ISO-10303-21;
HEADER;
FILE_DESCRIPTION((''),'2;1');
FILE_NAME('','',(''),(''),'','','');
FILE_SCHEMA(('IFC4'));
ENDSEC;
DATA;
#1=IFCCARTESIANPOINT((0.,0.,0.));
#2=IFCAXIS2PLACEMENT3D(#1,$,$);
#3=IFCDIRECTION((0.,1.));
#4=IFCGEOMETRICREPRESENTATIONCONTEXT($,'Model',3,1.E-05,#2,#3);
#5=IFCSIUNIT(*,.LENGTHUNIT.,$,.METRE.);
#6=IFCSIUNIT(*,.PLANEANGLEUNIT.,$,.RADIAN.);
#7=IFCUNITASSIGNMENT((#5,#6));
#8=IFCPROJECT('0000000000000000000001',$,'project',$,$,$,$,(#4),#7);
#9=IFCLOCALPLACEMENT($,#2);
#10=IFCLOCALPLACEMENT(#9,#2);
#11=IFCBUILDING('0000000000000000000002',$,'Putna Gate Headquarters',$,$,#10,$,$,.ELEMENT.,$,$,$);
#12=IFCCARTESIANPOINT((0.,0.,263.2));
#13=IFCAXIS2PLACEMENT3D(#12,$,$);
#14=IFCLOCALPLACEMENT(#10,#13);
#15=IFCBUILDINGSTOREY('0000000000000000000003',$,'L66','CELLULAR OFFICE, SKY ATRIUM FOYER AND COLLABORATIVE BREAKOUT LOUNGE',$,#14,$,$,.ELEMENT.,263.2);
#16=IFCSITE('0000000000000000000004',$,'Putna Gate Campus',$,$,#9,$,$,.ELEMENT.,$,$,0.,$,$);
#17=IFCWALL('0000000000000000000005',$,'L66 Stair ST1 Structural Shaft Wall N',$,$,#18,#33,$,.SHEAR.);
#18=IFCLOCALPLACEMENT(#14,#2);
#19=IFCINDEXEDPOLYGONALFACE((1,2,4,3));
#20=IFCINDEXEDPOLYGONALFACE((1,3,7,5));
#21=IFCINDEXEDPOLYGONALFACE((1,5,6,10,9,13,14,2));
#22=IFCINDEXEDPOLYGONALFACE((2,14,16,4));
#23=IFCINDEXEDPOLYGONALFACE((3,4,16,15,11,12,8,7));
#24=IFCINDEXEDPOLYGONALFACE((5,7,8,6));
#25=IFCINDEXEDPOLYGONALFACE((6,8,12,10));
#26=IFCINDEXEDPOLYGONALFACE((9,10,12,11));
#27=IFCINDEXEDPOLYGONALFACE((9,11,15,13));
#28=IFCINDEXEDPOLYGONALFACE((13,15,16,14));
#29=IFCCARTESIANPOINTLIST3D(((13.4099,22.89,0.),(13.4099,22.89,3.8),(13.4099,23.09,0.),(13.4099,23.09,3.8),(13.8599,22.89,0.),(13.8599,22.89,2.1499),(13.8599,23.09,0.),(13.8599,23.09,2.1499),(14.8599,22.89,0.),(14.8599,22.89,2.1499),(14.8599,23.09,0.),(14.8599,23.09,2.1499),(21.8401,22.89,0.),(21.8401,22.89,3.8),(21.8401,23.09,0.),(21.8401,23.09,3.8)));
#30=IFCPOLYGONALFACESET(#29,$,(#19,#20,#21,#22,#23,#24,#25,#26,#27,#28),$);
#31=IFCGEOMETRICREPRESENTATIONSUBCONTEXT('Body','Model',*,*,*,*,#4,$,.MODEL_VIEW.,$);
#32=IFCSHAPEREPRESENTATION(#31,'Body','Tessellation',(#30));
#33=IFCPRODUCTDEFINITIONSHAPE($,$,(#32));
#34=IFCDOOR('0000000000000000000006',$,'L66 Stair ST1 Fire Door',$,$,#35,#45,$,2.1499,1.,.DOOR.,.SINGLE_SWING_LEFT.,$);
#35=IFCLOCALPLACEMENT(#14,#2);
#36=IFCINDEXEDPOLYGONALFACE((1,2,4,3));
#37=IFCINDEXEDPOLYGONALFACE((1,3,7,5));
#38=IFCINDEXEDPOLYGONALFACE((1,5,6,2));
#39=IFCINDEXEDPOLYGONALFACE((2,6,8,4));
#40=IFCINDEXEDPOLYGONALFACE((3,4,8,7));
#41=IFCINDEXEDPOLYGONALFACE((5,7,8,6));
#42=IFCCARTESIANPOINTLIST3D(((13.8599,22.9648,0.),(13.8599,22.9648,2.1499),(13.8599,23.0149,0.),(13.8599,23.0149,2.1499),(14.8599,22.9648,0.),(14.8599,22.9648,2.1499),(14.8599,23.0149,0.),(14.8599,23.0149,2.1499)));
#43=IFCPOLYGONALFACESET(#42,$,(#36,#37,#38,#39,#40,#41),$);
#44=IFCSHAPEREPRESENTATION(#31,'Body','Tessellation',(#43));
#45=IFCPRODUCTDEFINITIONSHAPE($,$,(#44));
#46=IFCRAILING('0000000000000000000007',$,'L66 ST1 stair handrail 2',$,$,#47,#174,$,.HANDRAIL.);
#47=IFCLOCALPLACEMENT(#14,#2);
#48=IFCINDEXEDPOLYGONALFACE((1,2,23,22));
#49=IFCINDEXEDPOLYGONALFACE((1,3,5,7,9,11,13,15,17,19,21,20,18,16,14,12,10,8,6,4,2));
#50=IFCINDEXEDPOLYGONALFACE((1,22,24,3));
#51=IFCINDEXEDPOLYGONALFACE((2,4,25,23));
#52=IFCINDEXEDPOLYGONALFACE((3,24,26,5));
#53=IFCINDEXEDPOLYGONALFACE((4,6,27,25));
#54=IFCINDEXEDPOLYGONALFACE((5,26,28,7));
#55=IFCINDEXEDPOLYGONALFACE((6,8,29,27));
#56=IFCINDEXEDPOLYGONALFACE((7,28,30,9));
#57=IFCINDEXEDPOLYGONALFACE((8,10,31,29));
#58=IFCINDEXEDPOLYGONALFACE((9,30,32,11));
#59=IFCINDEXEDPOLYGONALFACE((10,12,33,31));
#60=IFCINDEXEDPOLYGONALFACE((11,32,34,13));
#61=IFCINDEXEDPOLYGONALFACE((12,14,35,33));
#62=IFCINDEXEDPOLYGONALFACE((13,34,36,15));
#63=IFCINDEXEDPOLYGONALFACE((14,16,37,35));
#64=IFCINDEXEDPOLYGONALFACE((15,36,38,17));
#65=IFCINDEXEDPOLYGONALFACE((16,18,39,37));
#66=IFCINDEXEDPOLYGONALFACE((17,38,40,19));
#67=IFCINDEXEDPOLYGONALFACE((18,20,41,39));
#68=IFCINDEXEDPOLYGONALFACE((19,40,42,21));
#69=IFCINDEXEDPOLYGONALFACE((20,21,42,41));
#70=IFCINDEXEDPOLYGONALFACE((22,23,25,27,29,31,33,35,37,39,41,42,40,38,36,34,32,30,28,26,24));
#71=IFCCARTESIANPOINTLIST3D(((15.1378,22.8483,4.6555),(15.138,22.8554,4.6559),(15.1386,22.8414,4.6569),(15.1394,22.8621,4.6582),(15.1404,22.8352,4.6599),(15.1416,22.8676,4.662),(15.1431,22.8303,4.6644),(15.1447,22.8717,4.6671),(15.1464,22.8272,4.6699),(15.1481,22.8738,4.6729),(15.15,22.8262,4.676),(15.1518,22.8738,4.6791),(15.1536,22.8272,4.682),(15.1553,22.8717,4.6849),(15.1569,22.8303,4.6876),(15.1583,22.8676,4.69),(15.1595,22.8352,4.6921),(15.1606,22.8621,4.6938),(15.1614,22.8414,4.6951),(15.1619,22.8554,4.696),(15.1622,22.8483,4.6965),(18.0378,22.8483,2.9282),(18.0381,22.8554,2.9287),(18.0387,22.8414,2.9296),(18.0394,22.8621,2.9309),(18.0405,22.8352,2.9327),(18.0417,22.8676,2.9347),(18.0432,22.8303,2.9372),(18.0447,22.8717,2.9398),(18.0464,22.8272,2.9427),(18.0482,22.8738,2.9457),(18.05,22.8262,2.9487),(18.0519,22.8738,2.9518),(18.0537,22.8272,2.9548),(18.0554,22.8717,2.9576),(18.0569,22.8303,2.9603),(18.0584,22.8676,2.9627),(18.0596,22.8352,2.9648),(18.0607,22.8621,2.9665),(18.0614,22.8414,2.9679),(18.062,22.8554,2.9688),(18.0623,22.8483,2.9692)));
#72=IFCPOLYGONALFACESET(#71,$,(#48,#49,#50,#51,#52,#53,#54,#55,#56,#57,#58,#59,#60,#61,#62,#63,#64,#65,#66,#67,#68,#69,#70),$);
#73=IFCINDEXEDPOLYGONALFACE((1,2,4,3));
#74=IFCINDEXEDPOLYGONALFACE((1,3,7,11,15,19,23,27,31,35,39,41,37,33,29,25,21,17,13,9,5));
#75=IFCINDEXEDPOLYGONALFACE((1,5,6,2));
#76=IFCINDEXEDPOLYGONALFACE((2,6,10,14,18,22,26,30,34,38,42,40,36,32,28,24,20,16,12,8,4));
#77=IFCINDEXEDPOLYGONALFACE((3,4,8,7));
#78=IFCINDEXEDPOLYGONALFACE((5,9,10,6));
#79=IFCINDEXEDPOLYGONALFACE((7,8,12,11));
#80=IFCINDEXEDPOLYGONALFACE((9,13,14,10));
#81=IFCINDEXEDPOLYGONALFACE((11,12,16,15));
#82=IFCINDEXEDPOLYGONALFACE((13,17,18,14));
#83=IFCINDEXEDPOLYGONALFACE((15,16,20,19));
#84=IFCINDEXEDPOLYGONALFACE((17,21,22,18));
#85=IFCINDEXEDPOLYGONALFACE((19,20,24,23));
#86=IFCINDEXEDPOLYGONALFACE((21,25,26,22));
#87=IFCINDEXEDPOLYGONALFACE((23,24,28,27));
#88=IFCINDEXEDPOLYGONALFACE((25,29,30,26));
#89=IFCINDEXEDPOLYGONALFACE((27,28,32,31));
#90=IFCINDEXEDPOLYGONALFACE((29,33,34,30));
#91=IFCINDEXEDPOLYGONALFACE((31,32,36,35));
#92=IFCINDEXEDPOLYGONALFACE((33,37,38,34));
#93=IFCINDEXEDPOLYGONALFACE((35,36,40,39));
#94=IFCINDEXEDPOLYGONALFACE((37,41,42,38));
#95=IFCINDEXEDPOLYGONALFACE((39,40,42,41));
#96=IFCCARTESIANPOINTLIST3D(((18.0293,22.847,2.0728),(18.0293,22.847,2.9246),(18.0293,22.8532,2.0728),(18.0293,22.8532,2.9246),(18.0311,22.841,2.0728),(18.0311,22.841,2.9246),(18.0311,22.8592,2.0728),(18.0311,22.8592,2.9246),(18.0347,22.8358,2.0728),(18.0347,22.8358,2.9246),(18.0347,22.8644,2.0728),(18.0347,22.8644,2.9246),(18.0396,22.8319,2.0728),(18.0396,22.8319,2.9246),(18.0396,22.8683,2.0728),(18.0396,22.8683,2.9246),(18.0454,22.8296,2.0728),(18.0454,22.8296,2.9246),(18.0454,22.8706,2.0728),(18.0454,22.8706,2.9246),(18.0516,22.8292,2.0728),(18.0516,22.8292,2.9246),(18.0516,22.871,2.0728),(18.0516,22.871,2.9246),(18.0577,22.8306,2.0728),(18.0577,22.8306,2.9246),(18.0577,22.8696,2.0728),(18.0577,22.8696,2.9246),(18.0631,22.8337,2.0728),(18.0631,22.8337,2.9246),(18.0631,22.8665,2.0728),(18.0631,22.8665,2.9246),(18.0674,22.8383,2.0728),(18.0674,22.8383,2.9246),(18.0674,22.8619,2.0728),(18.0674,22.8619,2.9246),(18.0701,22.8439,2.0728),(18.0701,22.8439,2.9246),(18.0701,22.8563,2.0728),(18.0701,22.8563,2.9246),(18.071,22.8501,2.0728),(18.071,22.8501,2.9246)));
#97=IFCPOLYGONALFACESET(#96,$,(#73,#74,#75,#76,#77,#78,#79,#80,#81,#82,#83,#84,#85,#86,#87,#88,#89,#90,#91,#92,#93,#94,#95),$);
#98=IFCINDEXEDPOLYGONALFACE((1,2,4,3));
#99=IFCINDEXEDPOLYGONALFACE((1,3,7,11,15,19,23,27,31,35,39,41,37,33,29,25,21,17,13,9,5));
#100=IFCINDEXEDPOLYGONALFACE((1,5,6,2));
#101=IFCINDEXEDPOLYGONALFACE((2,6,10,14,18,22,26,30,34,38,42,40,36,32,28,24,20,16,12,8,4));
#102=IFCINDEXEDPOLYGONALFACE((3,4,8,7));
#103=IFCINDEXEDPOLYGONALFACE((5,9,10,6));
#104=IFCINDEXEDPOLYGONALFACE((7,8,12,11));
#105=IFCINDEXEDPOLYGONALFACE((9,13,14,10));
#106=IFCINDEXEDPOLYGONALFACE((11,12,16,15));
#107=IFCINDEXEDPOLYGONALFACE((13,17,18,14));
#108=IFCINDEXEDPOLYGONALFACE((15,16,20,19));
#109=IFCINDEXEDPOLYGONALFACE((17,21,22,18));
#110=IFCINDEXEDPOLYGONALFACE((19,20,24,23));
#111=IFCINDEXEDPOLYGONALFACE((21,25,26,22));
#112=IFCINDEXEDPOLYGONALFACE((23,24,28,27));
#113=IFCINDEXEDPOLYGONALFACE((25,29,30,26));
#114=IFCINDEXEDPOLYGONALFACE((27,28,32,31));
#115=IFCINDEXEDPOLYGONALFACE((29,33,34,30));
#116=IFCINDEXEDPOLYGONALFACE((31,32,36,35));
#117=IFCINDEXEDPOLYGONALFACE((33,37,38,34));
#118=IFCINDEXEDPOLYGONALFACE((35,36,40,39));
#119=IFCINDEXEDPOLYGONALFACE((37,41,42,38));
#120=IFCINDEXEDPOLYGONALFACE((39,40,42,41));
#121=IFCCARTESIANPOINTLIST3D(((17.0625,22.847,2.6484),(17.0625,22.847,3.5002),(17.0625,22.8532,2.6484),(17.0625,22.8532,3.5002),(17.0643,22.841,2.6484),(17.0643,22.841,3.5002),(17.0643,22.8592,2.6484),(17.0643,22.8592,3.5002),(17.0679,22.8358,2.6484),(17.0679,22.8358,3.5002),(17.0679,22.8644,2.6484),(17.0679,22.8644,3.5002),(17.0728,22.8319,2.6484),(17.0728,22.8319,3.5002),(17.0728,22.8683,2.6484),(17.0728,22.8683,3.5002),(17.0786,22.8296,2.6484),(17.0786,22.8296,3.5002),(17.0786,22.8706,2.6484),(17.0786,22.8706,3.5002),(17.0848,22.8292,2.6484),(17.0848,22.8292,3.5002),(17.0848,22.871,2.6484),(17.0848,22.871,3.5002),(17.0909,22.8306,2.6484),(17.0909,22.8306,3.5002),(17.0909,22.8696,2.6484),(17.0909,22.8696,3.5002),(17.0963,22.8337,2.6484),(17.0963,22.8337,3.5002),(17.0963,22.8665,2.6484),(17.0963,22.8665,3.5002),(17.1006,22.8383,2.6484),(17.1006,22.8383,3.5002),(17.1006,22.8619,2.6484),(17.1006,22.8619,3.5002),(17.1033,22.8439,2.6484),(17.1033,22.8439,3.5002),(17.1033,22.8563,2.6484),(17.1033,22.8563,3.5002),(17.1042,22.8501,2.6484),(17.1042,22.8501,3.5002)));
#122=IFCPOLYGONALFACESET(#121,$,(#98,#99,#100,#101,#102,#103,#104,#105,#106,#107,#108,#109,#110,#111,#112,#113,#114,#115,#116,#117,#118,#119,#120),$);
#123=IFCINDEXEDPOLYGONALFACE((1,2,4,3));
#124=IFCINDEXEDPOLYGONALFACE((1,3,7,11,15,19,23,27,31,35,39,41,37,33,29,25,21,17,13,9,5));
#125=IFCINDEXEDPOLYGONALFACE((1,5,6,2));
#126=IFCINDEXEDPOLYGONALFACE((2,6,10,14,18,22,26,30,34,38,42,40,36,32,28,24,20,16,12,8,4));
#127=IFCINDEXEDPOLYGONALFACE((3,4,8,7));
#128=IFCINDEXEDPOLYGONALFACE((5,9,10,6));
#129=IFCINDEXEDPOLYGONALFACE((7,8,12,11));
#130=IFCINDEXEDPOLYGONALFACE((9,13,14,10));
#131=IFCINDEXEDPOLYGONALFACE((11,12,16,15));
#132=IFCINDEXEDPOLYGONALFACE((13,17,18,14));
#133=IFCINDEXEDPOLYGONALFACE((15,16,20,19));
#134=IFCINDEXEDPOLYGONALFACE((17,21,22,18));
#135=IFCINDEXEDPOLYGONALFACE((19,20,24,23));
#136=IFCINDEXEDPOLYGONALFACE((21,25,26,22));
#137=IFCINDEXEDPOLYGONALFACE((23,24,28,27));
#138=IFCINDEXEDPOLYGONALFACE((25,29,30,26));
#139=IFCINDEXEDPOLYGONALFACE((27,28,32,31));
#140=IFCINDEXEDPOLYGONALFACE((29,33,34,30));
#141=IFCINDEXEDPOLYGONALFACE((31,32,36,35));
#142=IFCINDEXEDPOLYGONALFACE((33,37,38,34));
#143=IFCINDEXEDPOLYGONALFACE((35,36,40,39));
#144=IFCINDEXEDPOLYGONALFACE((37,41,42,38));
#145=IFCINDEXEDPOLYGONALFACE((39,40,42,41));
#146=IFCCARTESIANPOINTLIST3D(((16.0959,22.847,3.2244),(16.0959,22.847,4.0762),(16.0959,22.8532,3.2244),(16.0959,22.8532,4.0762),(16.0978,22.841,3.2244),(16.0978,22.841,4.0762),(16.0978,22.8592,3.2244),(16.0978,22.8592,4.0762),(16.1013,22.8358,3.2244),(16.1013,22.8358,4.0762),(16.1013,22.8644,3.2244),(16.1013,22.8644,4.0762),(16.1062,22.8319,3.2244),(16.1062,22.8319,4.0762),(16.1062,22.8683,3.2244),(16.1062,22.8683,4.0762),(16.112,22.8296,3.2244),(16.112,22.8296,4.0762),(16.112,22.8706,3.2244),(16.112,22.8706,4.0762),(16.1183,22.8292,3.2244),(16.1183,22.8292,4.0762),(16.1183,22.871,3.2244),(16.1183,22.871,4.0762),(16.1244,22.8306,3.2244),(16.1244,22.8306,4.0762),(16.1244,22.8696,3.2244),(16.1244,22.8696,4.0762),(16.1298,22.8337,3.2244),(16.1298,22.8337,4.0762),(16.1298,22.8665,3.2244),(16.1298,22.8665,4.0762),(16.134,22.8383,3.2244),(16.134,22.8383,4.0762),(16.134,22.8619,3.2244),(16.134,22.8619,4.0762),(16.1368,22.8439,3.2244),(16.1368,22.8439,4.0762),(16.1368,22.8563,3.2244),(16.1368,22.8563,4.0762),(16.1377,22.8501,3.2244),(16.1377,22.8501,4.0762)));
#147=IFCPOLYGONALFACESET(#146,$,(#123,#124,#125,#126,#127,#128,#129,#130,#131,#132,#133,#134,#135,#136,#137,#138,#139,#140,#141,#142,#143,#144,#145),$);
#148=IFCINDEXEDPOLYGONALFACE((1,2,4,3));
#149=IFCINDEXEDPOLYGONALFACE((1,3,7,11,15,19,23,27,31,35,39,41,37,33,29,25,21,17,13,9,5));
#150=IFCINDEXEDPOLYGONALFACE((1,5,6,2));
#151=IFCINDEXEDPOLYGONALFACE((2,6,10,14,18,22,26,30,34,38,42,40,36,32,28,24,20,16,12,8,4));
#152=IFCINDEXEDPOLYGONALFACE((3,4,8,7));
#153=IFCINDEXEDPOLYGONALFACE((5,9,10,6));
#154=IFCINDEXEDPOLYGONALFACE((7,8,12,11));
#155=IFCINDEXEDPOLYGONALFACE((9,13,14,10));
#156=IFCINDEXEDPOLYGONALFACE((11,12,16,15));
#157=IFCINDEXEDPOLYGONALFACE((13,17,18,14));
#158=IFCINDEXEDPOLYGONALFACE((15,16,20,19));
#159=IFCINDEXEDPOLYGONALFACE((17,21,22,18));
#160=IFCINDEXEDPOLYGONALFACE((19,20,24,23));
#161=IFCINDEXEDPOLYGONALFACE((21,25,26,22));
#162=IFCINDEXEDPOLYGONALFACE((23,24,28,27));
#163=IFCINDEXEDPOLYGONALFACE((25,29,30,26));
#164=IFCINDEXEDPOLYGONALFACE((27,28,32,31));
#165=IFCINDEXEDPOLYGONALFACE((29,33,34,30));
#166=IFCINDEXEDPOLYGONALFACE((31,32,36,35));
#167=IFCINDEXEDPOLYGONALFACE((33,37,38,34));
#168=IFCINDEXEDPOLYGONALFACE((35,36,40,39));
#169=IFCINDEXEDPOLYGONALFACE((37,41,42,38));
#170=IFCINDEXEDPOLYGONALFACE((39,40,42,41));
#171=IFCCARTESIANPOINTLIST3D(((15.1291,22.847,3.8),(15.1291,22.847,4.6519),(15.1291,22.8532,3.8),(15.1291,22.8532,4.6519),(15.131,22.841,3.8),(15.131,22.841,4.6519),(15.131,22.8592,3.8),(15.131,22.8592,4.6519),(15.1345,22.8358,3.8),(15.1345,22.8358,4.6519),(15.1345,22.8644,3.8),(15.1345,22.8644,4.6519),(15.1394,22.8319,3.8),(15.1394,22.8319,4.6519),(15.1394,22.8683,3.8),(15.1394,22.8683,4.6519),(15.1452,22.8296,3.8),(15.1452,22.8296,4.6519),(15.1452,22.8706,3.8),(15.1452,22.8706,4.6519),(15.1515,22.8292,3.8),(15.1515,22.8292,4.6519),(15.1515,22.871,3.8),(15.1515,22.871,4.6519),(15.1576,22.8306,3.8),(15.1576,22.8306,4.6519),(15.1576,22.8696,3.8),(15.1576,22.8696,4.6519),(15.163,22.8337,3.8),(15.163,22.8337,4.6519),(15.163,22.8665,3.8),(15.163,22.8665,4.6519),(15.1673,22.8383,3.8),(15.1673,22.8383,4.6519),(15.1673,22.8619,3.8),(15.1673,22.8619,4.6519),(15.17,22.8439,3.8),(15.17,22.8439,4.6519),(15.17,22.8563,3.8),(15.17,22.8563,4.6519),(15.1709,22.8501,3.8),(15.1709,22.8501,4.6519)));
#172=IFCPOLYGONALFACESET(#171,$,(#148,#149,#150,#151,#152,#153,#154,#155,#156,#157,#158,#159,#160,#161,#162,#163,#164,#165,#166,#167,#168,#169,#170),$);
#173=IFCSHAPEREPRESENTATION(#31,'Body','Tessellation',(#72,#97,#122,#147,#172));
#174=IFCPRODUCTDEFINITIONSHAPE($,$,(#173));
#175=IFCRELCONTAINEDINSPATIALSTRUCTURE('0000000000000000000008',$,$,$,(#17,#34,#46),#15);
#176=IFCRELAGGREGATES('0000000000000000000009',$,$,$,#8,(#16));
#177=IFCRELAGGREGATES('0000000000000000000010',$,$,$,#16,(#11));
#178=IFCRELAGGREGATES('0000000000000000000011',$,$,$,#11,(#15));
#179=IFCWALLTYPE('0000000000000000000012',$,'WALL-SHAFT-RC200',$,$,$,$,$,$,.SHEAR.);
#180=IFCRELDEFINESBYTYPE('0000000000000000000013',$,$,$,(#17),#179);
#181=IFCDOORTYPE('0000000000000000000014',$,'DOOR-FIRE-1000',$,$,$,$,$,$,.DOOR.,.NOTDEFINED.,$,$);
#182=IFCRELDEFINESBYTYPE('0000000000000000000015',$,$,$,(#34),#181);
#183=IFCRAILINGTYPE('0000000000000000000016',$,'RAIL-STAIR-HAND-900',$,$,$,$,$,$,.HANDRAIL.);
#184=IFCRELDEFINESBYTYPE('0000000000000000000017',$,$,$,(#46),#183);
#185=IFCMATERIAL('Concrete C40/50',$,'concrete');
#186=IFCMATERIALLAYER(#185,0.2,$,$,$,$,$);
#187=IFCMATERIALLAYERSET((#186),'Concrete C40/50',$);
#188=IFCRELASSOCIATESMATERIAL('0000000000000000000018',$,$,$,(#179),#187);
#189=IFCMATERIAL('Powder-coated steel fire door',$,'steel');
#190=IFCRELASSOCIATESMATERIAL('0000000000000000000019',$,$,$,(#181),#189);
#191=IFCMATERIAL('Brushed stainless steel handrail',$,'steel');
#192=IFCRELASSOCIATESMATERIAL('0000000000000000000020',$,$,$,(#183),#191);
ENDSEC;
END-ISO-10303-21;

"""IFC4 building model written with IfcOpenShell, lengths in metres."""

from ifc_helpers import new_model, si_unit, direction, frame, frame_2d, origin, origin_2d, place, context, subcontext, project, spatial, rectangle, circle, extrude, material, layer, layer_set, type_object, element, fill, save


model = new_model("IFC4")

# Units and contexts
model_context = context("Model", 3, precision=1e-05, world=origin(), true_north=direction((0.0, 1.0)))
body_context = subcontext(model_context, "Body", "Model", "MODEL_VIEW")
ifc_project = project(units=[si_unit("LENGTHUNIT", "METRE"), si_unit("PLANEANGLEUNIT", "RADIAN")], contexts=[model_context])

# Site, building, storey
site_placement = place(None, origin())
site = spatial("IfcSite", under=ifc_project, at=site_placement, Name="Putna Gate Campus", CompositionType="ELEMENT", RefElevation=0.0)
building_placement = place(site_placement, origin())
building = spatial("IfcBuilding", under=site, at=building_placement, Name="Putna Gate Headquarters", CompositionType="ELEMENT")
storey_placement = place(building_placement, frame((0.0, 0.0, 263.2)))
storey = spatial("IfcBuildingStorey", under=building, at=storey_placement, Name="L66", Description="CELLULAR OFFICE, SKY ATRIUM FOYER AND COLLABORATIVE BREAKOUT LOUNGE", CompositionType="ELEMENT", Elevation=263.2)

# Shared definitions
ifc_material_1 = material(Name="Concrete C40/50", Category="concrete")

# Wall, opening, door
ifc_layer_1 = layer(ifc_material_1, 0.2)
ifc_layer_set_1 = layer_set([ifc_layer_1], Name="Concrete C40/50")
wall_type_1 = type_object("IfcWallType", Name="WALL-SHAFT-RC200", PredefinedType="SHEAR", material=ifc_layer_set_1)
wall_1_placement = place(storey_placement, frame((13.4099, 22.99, 0.0), z_axis=(0.0, 0.0, 1.0), x_axis=(1.0, 0.0, 0.0)))
wall_1 = element("IfcWall", 1, at=wall_1_placement, inside=storey, type_object=wall_type_1, Name="L66 Stair ST1 Structural Shaft Wall N", PredefinedType="SHEAR", context=body_context, shape_type="SweptSolid", body=[
    extrude(rectangle(XDim=8.4302, YDim=0.2, at=frame_2d((4.2151, 0.0))), origin(), (0.0, 0.0, 1.0), 3.8),
])
opening_1_placement = place(wall_1_placement, frame((0.45, 0.0, 0.0)))
opening_1 = element("IfcOpeningElement", 2, at=opening_1_placement, cuts=wall_1, PredefinedType="OPENING", context=body_context, shape_type="SweptSolid", body=[
    extrude(rectangle(XDim=1.0, YDim=2.1499, at=frame_2d((0.5, 1.075))), frame((0.0, 0.1099, 0.0), z_axis=(0.0, -1.0, 0.0), x_axis=(1.0, 0.0, 0.0)), (0.0, 0.0, 1.0), 0.22),
])
ifc_material_2 = material(Name="Powder-coated steel fire door", Category="steel")
door_type_1 = type_object("IfcDoorType", Name="DOOR-FIRE-1000", OperationType="NOTDEFINED", PredefinedType="DOOR", material=ifc_material_2)
door_1_placement = place(opening_1_placement, origin())
door_1 = element("IfcDoor", 3, at=door_1_placement, inside=storey, type_object=door_type_1, Name="L66 Stair ST1 Fire Door", OperationType="SINGLE_SWING_LEFT", OverallHeight=2.1499, OverallWidth=1.0, PredefinedType="DOOR", context=body_context, shape_type="SweptSolid", body=[
    extrude(rectangle(XDim=1.0, YDim=2.1499, at=frame_2d((0.5, 1.075))), frame((0.0, 0.0249, 0.0), z_axis=(0.0, -1.0, 0.0), x_axis=(1.0, 0.0, 0.0)), (0.0, 0.0, 1.0), 0.05),
])
fill(opening_1, door_1)

# Railing
ifc_material_3 = material(Name="Brushed stainless steel handrail", Category="steel")
railing_type = type_object("IfcRailingType", Name="RAIL-STAIR-HAND-900", PredefinedType="HANDRAIL", material=ifc_material_3)
railing_placement = place(storey_placement, frame((18.05, 22.8501, 2.0728)))
element("IfcRailing", 4, at=railing_placement, inside=storey, type_object=railing_type, Name="L66 ST1 stair handrail 2", PredefinedType="HANDRAIL", context=body_context, shape_type="SweptSolid", body=[
    extrude(circle(Radius=0.0239, at=origin_2d()), frame((0.0, 0.0, 0.876), z_axis=(-0.85916, 0.0, 0.511706), x_axis=(0.0, -1.0, 0.0)), (0.0, 0.0, 1.0), 3.3755),
    extrude(circle(Radius=0.021, at=origin_2d()), origin(), (0.0, 0.0, 1.0), 0.8518),
    extrude(circle(Radius=0.021, at=origin_2d()), frame((-0.9668, 0.0, 0.5757)), (0.0, 0.0, 1.0), 0.8518),
    extrude(circle(Radius=0.021, at=origin_2d()), frame((-1.9333, 0.0, 1.1516)), (0.0, 0.0, 1.0), 0.8518),
    extrude(circle(Radius=0.021, at=origin_2d()), frame((-2.9001, 0.0, 1.7273)), (0.0, 0.0, 1.0), 0.8518),
])

save(model, "model.ifc")
